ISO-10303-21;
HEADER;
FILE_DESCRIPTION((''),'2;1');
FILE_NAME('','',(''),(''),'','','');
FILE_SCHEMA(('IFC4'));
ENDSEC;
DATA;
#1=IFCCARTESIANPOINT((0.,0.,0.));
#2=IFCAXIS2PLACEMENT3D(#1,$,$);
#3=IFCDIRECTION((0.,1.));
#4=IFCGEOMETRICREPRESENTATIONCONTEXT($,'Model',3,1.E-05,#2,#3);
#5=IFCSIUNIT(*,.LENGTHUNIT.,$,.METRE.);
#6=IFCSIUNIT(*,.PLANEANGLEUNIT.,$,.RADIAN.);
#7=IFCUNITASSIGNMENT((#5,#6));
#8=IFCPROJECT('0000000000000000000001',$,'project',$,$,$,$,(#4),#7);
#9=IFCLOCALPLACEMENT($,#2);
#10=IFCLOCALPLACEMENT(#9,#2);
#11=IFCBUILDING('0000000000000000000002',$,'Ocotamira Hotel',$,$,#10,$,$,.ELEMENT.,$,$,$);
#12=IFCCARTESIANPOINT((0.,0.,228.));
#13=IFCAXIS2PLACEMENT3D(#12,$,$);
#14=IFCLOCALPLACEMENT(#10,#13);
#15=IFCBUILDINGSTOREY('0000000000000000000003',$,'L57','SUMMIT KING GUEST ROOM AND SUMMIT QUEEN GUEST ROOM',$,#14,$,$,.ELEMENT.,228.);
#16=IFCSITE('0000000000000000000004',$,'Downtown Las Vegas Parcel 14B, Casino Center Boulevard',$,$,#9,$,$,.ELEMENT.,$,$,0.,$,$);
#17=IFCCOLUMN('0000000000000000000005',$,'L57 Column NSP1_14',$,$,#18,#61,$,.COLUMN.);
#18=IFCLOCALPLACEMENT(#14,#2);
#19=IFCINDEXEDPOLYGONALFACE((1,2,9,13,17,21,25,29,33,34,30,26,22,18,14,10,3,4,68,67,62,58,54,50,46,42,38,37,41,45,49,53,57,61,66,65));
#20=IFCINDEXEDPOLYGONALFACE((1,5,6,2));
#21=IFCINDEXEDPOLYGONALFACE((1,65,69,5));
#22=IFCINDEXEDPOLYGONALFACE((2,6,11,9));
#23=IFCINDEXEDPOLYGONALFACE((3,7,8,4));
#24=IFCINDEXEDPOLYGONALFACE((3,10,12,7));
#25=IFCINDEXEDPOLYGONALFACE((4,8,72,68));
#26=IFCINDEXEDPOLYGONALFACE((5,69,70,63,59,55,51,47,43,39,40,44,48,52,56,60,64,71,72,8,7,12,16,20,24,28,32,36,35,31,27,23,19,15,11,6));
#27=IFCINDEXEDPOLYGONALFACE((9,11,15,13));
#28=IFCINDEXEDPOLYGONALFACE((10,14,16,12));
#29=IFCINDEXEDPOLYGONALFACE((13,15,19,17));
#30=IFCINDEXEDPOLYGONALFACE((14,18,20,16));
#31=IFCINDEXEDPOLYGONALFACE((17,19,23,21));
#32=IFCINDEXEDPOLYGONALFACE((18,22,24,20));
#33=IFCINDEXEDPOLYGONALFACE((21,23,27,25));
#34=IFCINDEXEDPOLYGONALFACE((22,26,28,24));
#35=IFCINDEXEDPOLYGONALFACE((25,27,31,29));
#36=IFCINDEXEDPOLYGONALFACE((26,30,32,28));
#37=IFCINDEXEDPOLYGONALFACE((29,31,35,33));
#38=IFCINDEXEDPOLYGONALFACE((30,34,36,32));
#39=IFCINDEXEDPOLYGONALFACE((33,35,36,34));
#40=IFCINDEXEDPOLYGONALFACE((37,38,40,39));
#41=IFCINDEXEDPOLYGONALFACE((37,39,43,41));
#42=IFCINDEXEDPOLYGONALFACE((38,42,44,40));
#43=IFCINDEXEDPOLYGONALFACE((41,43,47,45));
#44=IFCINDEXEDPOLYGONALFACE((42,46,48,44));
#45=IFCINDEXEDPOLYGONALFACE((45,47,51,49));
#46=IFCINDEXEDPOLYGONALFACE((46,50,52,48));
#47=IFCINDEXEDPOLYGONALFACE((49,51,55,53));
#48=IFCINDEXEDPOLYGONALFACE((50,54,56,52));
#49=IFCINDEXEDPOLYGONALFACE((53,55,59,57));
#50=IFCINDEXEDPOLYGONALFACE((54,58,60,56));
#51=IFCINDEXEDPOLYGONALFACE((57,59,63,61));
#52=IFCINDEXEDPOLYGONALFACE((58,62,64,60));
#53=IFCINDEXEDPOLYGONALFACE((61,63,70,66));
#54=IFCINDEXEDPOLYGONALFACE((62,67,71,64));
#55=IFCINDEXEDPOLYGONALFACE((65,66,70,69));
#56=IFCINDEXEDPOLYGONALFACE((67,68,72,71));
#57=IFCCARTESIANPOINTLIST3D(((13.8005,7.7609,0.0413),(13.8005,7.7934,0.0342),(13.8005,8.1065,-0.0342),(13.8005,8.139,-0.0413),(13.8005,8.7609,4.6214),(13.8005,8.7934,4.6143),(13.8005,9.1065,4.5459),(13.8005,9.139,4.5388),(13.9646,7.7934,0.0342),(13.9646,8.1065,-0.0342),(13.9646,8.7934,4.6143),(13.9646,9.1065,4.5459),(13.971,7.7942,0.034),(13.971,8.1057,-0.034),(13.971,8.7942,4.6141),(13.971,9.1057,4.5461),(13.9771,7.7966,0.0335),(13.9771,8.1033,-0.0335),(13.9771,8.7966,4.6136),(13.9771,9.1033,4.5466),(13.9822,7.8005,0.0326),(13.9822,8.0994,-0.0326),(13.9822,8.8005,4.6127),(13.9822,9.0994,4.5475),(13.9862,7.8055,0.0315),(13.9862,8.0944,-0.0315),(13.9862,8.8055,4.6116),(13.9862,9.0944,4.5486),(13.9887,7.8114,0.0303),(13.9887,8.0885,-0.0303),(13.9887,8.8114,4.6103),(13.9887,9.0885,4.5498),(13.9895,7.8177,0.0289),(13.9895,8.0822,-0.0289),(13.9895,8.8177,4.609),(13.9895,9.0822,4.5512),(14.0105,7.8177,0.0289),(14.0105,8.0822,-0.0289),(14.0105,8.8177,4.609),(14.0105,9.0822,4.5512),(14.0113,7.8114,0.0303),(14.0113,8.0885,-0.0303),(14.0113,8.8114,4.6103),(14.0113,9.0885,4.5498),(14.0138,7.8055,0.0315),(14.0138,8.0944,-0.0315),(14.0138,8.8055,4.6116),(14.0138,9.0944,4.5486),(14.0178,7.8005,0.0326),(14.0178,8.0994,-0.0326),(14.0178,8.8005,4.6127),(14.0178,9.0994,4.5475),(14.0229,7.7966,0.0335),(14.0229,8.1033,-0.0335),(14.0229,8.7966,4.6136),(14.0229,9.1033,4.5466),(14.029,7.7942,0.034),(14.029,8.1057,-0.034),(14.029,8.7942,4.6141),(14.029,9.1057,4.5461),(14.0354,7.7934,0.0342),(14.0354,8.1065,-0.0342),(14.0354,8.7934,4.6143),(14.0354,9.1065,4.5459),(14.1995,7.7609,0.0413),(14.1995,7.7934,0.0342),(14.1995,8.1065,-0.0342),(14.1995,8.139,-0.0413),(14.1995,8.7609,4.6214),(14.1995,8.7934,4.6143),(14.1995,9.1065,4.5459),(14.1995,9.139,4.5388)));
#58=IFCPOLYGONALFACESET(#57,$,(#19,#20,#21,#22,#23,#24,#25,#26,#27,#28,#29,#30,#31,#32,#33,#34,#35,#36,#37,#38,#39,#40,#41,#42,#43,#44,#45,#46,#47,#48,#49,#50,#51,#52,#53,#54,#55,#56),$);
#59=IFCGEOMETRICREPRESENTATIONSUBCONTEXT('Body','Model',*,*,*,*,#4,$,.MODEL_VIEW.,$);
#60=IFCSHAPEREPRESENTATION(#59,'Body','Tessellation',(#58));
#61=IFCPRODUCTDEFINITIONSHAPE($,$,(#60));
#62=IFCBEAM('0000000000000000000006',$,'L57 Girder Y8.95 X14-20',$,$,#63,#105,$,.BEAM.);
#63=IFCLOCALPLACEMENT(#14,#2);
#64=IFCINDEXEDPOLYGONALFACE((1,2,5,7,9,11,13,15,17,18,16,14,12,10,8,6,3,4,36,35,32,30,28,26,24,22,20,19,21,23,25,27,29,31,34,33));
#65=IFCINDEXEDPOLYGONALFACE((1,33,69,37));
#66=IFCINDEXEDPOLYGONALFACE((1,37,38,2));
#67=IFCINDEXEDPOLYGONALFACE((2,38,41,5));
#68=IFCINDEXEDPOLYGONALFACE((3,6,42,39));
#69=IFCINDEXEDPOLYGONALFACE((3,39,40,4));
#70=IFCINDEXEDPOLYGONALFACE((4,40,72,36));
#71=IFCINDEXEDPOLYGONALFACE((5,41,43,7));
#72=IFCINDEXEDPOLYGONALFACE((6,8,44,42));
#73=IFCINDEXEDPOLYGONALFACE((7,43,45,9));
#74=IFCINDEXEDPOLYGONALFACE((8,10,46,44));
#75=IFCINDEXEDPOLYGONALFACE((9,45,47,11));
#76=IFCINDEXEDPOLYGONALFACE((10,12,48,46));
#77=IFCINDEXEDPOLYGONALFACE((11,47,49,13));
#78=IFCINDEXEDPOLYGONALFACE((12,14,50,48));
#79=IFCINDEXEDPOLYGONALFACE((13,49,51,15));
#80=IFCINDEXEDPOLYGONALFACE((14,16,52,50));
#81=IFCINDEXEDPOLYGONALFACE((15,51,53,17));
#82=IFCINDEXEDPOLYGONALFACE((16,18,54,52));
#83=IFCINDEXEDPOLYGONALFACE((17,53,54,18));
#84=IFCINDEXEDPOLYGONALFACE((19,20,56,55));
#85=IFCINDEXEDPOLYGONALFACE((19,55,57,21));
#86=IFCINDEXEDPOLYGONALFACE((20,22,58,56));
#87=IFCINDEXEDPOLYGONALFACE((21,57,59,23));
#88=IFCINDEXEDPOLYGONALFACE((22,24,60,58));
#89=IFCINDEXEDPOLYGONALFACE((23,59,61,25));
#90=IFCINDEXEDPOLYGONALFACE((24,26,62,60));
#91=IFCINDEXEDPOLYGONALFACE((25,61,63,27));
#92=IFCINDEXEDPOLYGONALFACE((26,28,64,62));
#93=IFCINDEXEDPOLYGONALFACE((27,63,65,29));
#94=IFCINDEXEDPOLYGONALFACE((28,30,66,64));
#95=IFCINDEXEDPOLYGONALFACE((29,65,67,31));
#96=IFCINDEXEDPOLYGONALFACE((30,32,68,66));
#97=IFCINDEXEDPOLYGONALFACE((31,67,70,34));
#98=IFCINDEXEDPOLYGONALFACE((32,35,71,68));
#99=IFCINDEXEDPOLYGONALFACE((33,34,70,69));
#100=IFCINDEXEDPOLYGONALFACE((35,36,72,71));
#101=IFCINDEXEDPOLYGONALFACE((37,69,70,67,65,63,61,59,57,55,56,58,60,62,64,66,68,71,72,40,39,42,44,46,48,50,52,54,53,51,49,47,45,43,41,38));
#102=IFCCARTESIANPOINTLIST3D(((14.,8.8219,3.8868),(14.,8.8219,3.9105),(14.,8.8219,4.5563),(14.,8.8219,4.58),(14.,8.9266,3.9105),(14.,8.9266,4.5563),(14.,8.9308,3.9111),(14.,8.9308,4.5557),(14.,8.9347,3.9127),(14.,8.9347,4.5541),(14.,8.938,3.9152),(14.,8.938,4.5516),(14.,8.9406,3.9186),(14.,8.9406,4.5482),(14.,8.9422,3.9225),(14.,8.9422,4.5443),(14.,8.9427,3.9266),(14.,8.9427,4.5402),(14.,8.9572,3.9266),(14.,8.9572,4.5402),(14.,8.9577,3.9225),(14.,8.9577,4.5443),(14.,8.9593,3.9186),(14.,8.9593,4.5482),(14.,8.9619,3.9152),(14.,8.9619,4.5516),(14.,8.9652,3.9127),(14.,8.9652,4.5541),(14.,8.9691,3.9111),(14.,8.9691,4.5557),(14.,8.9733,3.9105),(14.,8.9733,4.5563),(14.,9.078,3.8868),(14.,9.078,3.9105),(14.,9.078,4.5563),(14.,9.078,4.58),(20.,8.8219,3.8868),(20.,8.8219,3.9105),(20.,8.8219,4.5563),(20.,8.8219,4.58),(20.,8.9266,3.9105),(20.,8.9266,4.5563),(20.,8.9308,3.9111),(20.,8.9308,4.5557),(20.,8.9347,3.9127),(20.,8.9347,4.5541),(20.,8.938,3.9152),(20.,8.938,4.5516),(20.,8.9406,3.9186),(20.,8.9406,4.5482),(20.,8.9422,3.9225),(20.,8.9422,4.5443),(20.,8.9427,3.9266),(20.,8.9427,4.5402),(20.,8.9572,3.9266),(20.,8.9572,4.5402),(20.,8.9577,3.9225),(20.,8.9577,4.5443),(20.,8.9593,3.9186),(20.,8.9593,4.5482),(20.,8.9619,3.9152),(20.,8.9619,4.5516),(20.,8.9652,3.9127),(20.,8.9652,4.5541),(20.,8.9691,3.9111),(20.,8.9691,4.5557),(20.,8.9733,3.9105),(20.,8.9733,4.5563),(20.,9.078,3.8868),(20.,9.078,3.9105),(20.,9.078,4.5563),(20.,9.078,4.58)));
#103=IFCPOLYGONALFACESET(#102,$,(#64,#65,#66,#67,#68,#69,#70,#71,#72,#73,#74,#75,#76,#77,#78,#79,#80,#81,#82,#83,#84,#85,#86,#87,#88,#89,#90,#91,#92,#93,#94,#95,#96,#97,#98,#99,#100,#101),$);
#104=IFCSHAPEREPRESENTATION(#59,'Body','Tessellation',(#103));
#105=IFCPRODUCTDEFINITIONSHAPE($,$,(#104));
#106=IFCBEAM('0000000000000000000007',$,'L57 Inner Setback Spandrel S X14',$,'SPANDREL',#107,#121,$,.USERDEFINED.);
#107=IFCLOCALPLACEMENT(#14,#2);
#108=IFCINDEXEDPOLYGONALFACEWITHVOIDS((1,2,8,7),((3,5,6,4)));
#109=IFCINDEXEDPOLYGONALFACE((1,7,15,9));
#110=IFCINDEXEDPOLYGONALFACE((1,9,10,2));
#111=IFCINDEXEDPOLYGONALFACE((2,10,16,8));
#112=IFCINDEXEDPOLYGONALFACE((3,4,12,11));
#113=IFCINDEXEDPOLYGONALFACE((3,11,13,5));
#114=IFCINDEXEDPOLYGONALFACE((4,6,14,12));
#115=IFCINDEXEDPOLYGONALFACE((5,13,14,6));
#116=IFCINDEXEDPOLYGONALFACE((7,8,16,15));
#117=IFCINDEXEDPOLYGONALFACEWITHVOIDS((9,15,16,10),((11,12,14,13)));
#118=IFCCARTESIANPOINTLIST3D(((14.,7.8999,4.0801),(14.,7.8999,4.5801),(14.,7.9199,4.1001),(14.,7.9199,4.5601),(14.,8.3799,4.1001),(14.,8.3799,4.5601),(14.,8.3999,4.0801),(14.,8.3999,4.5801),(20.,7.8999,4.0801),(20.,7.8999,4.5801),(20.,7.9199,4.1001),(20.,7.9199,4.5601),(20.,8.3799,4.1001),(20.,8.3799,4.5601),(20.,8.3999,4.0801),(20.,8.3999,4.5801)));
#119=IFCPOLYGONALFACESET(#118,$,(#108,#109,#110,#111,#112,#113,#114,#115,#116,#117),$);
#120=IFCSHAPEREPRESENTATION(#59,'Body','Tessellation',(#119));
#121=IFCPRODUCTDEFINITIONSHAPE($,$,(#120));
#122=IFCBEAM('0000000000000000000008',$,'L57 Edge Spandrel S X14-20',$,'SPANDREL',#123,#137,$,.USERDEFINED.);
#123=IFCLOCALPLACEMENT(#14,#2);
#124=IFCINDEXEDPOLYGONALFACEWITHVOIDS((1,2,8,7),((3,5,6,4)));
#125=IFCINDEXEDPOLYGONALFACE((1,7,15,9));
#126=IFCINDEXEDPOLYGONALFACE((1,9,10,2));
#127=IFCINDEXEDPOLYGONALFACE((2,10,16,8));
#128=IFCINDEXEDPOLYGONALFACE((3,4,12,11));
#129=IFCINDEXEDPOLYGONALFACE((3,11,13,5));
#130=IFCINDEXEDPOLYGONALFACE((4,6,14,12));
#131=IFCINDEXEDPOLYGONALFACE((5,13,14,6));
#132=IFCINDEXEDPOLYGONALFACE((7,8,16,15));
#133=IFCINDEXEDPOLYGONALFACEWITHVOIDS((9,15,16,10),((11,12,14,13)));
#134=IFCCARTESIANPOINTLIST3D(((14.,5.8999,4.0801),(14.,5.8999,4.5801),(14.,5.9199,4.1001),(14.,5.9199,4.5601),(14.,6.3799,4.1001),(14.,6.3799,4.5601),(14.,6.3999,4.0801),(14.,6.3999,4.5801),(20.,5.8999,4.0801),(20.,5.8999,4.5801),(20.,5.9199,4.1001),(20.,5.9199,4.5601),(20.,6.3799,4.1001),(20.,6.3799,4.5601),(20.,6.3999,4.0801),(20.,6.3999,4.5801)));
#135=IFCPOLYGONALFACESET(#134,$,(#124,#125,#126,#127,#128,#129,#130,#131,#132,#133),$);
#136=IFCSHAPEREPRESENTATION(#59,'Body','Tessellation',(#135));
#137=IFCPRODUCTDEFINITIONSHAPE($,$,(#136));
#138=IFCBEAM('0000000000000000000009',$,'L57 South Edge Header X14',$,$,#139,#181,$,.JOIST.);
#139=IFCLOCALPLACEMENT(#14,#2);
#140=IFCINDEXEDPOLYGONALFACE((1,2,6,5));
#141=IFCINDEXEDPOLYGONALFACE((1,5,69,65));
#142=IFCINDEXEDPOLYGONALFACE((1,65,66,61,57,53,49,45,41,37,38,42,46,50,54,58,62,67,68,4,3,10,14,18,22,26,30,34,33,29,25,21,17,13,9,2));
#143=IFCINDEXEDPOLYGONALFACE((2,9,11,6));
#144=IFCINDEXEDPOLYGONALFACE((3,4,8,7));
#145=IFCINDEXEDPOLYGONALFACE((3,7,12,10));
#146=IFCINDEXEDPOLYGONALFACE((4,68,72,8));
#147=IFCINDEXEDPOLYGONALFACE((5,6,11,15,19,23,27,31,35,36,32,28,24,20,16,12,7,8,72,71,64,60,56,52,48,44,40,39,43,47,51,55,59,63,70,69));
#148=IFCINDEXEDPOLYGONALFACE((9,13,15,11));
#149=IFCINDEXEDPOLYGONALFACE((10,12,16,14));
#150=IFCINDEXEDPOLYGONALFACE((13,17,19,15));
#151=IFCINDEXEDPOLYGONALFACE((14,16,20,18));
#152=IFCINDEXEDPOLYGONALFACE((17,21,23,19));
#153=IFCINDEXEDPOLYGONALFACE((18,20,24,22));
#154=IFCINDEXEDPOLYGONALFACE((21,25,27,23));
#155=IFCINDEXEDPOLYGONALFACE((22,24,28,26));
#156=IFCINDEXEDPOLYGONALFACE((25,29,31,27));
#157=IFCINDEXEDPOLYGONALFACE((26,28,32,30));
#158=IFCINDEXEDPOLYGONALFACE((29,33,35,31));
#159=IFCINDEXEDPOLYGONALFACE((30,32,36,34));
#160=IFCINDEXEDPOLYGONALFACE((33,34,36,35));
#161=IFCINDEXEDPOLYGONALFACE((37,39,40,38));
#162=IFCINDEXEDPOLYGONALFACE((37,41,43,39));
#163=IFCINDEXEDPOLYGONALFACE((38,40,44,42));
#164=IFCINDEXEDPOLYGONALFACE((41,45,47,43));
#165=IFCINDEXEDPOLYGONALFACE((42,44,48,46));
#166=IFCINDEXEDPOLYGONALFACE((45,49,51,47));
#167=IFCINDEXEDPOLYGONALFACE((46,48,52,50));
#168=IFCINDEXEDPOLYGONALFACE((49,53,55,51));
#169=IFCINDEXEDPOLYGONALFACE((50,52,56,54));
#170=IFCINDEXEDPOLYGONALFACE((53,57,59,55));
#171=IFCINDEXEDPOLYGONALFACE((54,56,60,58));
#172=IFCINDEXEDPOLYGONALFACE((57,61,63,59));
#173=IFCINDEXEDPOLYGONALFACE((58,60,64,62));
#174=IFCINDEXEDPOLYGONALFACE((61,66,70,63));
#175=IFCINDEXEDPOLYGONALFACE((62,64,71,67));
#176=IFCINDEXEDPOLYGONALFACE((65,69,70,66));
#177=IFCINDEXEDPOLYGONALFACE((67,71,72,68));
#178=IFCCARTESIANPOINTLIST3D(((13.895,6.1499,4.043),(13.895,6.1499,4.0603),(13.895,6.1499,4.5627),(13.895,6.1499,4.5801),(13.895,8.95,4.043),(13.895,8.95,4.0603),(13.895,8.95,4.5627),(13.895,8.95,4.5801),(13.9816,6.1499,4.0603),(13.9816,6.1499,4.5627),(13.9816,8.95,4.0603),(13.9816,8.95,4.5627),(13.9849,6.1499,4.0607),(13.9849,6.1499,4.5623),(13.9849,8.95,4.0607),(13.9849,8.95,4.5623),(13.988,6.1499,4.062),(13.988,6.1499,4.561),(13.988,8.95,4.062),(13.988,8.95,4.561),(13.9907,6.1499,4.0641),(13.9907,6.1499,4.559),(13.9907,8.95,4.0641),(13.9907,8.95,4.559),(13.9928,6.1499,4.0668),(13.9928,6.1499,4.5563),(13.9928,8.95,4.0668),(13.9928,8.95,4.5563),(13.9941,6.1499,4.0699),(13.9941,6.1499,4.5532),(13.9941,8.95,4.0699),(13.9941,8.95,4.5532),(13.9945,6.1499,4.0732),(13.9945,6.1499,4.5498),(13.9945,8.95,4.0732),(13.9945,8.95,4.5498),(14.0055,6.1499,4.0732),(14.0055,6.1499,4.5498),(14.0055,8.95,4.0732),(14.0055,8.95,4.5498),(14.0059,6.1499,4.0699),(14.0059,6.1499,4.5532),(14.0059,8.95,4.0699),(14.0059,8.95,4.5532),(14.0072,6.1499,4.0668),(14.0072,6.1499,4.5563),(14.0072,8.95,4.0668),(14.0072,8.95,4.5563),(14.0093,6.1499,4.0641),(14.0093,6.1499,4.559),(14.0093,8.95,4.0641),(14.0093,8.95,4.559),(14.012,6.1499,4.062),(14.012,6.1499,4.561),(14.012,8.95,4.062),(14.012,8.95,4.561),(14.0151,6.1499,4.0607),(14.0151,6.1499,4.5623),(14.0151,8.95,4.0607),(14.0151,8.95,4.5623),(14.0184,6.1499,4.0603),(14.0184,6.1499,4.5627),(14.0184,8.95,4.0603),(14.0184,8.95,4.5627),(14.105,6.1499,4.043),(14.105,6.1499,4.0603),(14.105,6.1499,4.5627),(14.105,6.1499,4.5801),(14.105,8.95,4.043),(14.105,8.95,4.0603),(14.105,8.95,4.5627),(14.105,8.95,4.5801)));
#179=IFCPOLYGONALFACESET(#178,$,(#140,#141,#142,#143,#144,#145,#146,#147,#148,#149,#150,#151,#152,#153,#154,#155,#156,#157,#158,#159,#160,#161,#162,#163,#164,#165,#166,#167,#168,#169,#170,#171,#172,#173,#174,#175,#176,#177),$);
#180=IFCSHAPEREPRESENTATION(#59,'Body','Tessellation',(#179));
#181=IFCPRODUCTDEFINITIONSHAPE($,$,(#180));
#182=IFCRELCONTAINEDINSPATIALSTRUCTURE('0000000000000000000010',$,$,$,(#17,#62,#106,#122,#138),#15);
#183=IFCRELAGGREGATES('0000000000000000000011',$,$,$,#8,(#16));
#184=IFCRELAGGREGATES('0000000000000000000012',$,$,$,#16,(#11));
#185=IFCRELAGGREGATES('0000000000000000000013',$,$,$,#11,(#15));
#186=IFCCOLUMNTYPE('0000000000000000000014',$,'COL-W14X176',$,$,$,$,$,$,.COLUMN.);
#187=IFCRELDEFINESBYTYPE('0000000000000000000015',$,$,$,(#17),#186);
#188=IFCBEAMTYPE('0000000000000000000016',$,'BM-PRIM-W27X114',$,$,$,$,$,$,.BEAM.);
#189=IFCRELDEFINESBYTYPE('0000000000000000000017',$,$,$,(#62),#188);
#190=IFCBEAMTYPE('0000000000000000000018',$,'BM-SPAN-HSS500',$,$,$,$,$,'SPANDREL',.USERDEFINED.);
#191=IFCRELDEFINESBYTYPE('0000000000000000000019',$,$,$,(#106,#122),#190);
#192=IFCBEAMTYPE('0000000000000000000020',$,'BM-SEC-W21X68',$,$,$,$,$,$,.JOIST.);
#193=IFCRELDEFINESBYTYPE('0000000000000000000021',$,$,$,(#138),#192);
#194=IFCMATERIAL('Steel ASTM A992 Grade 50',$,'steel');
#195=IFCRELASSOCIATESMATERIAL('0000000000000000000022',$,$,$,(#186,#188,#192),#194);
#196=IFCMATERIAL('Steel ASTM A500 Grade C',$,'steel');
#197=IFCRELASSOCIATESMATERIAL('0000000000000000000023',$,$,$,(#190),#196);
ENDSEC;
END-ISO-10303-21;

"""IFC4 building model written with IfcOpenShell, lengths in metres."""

from ifc_helpers import new_model, si_unit, direction, frame, origin, origin_2d, place, context, subcontext, project, spatial, hollow_rectangle, i_section, extrude, source, transform, mapped, material, material_profile, profile_set, type_object, element, save


model = new_model("IFC4")

# Units and contexts
model_context = context("Model", 3, precision=1e-05, world=origin(), true_north=direction((0.0, 1.0)))
body_context = subcontext(model_context, "Body", "Model", "MODEL_VIEW")
ifc_project = project(units=[si_unit("LENGTHUNIT", "METRE"), si_unit("PLANEANGLEUNIT", "RADIAN")], contexts=[model_context])

# Site, building, storey
site_placement = place(None, origin())
site = spatial("IfcSite", under=ifc_project, at=site_placement, Name="Downtown Las Vegas Parcel 14B, Casino Center Boulevard", CompositionType="ELEMENT", RefElevation=0.0)
building_placement = place(site_placement, origin())
building = spatial("IfcBuilding", under=site, at=building_placement, Name="Ocotamira Hotel", CompositionType="ELEMENT")
storey_placement = place(building_placement, frame((0.0, 0.0, 228.0)))
storey = spatial("IfcBuildingStorey", under=building, at=storey_placement, Name="L57", Description="SUMMIT KING GUEST ROOM AND SUMMIT QUEEN GUEST ROOM", CompositionType="ELEMENT", Elevation=228.0)

# Column
ifc_material_1 = material(Name="Steel ASTM A992 Grade 50", Category="steel")
ifc_material_profile_1 = material_profile(ifc_material_1, i_section(OverallWidth=0.3989, OverallDepth=0.387, WebThickness=0.021, FlangeThickness=0.0332, FilletRadius=0.0249, at=origin_2d()), Name="W14X176")
ifc_profile_set_1 = profile_set([ifc_material_profile_1], Name="Steel ASTM A992 Grade 50")
column_type = type_object("IfcColumnType", Name="COL-W14X176", PredefinedType="COLUMN", material=ifc_profile_set_1)
shared_shape_1 = source(origin(), body_context, "Body", "SweptSolid", [
    extrude(i_section(OverallWidth=0.3989, OverallDepth=0.387, WebThickness=0.021, FlangeThickness=0.0332, FilletRadius=0.0249, at=origin_2d()), origin(), (0.0, 0.0, 1.0), 4.688),
])
column_placement = place(storey_placement, frame((14.0, 7.95, 0.0), z_axis=(0.0, 0.213312, 0.976984), x_axis=(-1.0, 0.0, 0.0)))
element("IfcColumn", 1, at=column_placement, inside=storey, type_object=column_type, Name="L57 Column NSP1_14", PredefinedType="COLUMN", context=body_context, shape_type="MappedRepresentation", body=[
    mapped(shared_shape_1, transform((0.0, 0.0, 0.0), scale=1.0)),
])

# Beams
ifc_material_profile_2 = material_profile(ifc_material_1, i_section(OverallWidth=0.2561, OverallDepth=0.6931, WebThickness=0.0144, FlangeThickness=0.0237, FilletRadius=0.0161, at=origin_2d()), Name="W27X114")
ifc_profile_set_2 = profile_set([ifc_material_profile_2], Name="Steel ASTM A992 Grade 50")
beam_type_1 = type_object("IfcBeamType", Name="BM-PRIM-W27X114", PredefinedType="BEAM", material=ifc_profile_set_2)
shared_shape_2 = source(origin(), body_context, "Body", "SweptSolid", [
    extrude(i_section(OverallWidth=0.2561, OverallDepth=0.6931, WebThickness=0.0144, FlangeThickness=0.0237, FilletRadius=0.0161, at=origin_2d()), origin(), (0.0, 0.0, 1.0), 6.0),
])
beam_1_placement = place(storey_placement, frame((14.0, 8.95, 4.2334), z_axis=(1.0, 0.0, 0.0), x_axis=(0.0, 1.0, 0.0)))
element("IfcBeam", 2, at=beam_1_placement, inside=storey, type_object=beam_type_1, Name="L57 Girder Y8.95 X14-20", PredefinedType="BEAM", context=body_context, shape_type="MappedRepresentation", body=[
    mapped(shared_shape_2, transform((0.0, 0.0, 0.0), scale=1.0)),
])
ifc_material_2 = material(Name="Steel ASTM A500 Grade C", Category="steel")
ifc_material_profile_3 = material_profile(ifc_material_2, hollow_rectangle(XDim=0.5, YDim=0.5, WallThickness=0.02, at=origin_2d()), Name="HSS500X500X20")
ifc_profile_set_3 = profile_set([ifc_material_profile_3], Name="Steel ASTM A500 Grade C")
beam_type_2 = type_object("IfcBeamType", Name="BM-SPAN-HSS500", ElementType="SPANDREL", PredefinedType="USERDEFINED", material=ifc_profile_set_3)
shared_shape_3 = source(origin(), body_context, "Body", "SweptSolid", [
    extrude(hollow_rectangle(XDim=0.5, YDim=0.5, WallThickness=0.02, at=origin_2d()), origin(), (0.0, 0.0, 1.0), 6.0),
])
for number, where, z_axis, x_axis, name in (
    (3, (14.0, 8.1499, 4.3301), (1.0, 0.0, 0.0), (0.0, 1.0, 0.0), "L57 Inner Setback Spandrel S X14"),
    (4, (14.0, 6.1499, 4.3301), (1.0, 0.0, 0.0), (0.0, 1.0, 0.0), "L57 Edge Spandrel S X14-20"),
):
    element("IfcBeam", number, at=place(storey_placement, frame(where, z_axis=z_axis, x_axis=x_axis)), inside=storey, type_object=beam_type_2, Name=name, ObjectType="SPANDREL", PredefinedType="USERDEFINED", context=body_context, shape_type="MappedRepresentation", body=[
        mapped(shared_shape_3, transform((0.0, 0.0, 0.0), scale=1.0)),
    ])
ifc_material_profile_4 = material_profile(ifc_material_1, i_section(OverallWidth=0.21, OverallDepth=0.5371, WebThickness=0.011, FlangeThickness=0.0173, FilletRadius=0.0129, at=origin_2d()), Name="W21X68")
ifc_profile_set_4 = profile_set([ifc_material_profile_4], Name="Steel ASTM A992 Grade 50")
beam_type_3 = type_object("IfcBeamType", Name="BM-SEC-W21X68", PredefinedType="JOIST", material=ifc_profile_set_4)
shared_shape_4 = source(origin(), body_context, "Body", "SweptSolid", [
    extrude(i_section(OverallWidth=0.21, OverallDepth=0.5371, WebThickness=0.011, FlangeThickness=0.0173, FilletRadius=0.0129, at=origin_2d()), origin(), (0.0, 0.0, 1.0), 2.8),
])
beam_2_placement = place(storey_placement, frame((14.0, 8.95, 4.3115), z_axis=(0.0, -1.0, 0.0), x_axis=(1.0, 0.0, 0.0)))
element("IfcBeam", 5, at=beam_2_placement, inside=storey, type_object=beam_type_3, Name="L57 South Edge Header X14", PredefinedType="JOIST", context=body_context, shape_type="MappedRepresentation", body=[
    mapped(shared_shape_4, transform((0.0, 0.0, 0.0), scale=1.0)),
])

save(model, "model.ifc")
